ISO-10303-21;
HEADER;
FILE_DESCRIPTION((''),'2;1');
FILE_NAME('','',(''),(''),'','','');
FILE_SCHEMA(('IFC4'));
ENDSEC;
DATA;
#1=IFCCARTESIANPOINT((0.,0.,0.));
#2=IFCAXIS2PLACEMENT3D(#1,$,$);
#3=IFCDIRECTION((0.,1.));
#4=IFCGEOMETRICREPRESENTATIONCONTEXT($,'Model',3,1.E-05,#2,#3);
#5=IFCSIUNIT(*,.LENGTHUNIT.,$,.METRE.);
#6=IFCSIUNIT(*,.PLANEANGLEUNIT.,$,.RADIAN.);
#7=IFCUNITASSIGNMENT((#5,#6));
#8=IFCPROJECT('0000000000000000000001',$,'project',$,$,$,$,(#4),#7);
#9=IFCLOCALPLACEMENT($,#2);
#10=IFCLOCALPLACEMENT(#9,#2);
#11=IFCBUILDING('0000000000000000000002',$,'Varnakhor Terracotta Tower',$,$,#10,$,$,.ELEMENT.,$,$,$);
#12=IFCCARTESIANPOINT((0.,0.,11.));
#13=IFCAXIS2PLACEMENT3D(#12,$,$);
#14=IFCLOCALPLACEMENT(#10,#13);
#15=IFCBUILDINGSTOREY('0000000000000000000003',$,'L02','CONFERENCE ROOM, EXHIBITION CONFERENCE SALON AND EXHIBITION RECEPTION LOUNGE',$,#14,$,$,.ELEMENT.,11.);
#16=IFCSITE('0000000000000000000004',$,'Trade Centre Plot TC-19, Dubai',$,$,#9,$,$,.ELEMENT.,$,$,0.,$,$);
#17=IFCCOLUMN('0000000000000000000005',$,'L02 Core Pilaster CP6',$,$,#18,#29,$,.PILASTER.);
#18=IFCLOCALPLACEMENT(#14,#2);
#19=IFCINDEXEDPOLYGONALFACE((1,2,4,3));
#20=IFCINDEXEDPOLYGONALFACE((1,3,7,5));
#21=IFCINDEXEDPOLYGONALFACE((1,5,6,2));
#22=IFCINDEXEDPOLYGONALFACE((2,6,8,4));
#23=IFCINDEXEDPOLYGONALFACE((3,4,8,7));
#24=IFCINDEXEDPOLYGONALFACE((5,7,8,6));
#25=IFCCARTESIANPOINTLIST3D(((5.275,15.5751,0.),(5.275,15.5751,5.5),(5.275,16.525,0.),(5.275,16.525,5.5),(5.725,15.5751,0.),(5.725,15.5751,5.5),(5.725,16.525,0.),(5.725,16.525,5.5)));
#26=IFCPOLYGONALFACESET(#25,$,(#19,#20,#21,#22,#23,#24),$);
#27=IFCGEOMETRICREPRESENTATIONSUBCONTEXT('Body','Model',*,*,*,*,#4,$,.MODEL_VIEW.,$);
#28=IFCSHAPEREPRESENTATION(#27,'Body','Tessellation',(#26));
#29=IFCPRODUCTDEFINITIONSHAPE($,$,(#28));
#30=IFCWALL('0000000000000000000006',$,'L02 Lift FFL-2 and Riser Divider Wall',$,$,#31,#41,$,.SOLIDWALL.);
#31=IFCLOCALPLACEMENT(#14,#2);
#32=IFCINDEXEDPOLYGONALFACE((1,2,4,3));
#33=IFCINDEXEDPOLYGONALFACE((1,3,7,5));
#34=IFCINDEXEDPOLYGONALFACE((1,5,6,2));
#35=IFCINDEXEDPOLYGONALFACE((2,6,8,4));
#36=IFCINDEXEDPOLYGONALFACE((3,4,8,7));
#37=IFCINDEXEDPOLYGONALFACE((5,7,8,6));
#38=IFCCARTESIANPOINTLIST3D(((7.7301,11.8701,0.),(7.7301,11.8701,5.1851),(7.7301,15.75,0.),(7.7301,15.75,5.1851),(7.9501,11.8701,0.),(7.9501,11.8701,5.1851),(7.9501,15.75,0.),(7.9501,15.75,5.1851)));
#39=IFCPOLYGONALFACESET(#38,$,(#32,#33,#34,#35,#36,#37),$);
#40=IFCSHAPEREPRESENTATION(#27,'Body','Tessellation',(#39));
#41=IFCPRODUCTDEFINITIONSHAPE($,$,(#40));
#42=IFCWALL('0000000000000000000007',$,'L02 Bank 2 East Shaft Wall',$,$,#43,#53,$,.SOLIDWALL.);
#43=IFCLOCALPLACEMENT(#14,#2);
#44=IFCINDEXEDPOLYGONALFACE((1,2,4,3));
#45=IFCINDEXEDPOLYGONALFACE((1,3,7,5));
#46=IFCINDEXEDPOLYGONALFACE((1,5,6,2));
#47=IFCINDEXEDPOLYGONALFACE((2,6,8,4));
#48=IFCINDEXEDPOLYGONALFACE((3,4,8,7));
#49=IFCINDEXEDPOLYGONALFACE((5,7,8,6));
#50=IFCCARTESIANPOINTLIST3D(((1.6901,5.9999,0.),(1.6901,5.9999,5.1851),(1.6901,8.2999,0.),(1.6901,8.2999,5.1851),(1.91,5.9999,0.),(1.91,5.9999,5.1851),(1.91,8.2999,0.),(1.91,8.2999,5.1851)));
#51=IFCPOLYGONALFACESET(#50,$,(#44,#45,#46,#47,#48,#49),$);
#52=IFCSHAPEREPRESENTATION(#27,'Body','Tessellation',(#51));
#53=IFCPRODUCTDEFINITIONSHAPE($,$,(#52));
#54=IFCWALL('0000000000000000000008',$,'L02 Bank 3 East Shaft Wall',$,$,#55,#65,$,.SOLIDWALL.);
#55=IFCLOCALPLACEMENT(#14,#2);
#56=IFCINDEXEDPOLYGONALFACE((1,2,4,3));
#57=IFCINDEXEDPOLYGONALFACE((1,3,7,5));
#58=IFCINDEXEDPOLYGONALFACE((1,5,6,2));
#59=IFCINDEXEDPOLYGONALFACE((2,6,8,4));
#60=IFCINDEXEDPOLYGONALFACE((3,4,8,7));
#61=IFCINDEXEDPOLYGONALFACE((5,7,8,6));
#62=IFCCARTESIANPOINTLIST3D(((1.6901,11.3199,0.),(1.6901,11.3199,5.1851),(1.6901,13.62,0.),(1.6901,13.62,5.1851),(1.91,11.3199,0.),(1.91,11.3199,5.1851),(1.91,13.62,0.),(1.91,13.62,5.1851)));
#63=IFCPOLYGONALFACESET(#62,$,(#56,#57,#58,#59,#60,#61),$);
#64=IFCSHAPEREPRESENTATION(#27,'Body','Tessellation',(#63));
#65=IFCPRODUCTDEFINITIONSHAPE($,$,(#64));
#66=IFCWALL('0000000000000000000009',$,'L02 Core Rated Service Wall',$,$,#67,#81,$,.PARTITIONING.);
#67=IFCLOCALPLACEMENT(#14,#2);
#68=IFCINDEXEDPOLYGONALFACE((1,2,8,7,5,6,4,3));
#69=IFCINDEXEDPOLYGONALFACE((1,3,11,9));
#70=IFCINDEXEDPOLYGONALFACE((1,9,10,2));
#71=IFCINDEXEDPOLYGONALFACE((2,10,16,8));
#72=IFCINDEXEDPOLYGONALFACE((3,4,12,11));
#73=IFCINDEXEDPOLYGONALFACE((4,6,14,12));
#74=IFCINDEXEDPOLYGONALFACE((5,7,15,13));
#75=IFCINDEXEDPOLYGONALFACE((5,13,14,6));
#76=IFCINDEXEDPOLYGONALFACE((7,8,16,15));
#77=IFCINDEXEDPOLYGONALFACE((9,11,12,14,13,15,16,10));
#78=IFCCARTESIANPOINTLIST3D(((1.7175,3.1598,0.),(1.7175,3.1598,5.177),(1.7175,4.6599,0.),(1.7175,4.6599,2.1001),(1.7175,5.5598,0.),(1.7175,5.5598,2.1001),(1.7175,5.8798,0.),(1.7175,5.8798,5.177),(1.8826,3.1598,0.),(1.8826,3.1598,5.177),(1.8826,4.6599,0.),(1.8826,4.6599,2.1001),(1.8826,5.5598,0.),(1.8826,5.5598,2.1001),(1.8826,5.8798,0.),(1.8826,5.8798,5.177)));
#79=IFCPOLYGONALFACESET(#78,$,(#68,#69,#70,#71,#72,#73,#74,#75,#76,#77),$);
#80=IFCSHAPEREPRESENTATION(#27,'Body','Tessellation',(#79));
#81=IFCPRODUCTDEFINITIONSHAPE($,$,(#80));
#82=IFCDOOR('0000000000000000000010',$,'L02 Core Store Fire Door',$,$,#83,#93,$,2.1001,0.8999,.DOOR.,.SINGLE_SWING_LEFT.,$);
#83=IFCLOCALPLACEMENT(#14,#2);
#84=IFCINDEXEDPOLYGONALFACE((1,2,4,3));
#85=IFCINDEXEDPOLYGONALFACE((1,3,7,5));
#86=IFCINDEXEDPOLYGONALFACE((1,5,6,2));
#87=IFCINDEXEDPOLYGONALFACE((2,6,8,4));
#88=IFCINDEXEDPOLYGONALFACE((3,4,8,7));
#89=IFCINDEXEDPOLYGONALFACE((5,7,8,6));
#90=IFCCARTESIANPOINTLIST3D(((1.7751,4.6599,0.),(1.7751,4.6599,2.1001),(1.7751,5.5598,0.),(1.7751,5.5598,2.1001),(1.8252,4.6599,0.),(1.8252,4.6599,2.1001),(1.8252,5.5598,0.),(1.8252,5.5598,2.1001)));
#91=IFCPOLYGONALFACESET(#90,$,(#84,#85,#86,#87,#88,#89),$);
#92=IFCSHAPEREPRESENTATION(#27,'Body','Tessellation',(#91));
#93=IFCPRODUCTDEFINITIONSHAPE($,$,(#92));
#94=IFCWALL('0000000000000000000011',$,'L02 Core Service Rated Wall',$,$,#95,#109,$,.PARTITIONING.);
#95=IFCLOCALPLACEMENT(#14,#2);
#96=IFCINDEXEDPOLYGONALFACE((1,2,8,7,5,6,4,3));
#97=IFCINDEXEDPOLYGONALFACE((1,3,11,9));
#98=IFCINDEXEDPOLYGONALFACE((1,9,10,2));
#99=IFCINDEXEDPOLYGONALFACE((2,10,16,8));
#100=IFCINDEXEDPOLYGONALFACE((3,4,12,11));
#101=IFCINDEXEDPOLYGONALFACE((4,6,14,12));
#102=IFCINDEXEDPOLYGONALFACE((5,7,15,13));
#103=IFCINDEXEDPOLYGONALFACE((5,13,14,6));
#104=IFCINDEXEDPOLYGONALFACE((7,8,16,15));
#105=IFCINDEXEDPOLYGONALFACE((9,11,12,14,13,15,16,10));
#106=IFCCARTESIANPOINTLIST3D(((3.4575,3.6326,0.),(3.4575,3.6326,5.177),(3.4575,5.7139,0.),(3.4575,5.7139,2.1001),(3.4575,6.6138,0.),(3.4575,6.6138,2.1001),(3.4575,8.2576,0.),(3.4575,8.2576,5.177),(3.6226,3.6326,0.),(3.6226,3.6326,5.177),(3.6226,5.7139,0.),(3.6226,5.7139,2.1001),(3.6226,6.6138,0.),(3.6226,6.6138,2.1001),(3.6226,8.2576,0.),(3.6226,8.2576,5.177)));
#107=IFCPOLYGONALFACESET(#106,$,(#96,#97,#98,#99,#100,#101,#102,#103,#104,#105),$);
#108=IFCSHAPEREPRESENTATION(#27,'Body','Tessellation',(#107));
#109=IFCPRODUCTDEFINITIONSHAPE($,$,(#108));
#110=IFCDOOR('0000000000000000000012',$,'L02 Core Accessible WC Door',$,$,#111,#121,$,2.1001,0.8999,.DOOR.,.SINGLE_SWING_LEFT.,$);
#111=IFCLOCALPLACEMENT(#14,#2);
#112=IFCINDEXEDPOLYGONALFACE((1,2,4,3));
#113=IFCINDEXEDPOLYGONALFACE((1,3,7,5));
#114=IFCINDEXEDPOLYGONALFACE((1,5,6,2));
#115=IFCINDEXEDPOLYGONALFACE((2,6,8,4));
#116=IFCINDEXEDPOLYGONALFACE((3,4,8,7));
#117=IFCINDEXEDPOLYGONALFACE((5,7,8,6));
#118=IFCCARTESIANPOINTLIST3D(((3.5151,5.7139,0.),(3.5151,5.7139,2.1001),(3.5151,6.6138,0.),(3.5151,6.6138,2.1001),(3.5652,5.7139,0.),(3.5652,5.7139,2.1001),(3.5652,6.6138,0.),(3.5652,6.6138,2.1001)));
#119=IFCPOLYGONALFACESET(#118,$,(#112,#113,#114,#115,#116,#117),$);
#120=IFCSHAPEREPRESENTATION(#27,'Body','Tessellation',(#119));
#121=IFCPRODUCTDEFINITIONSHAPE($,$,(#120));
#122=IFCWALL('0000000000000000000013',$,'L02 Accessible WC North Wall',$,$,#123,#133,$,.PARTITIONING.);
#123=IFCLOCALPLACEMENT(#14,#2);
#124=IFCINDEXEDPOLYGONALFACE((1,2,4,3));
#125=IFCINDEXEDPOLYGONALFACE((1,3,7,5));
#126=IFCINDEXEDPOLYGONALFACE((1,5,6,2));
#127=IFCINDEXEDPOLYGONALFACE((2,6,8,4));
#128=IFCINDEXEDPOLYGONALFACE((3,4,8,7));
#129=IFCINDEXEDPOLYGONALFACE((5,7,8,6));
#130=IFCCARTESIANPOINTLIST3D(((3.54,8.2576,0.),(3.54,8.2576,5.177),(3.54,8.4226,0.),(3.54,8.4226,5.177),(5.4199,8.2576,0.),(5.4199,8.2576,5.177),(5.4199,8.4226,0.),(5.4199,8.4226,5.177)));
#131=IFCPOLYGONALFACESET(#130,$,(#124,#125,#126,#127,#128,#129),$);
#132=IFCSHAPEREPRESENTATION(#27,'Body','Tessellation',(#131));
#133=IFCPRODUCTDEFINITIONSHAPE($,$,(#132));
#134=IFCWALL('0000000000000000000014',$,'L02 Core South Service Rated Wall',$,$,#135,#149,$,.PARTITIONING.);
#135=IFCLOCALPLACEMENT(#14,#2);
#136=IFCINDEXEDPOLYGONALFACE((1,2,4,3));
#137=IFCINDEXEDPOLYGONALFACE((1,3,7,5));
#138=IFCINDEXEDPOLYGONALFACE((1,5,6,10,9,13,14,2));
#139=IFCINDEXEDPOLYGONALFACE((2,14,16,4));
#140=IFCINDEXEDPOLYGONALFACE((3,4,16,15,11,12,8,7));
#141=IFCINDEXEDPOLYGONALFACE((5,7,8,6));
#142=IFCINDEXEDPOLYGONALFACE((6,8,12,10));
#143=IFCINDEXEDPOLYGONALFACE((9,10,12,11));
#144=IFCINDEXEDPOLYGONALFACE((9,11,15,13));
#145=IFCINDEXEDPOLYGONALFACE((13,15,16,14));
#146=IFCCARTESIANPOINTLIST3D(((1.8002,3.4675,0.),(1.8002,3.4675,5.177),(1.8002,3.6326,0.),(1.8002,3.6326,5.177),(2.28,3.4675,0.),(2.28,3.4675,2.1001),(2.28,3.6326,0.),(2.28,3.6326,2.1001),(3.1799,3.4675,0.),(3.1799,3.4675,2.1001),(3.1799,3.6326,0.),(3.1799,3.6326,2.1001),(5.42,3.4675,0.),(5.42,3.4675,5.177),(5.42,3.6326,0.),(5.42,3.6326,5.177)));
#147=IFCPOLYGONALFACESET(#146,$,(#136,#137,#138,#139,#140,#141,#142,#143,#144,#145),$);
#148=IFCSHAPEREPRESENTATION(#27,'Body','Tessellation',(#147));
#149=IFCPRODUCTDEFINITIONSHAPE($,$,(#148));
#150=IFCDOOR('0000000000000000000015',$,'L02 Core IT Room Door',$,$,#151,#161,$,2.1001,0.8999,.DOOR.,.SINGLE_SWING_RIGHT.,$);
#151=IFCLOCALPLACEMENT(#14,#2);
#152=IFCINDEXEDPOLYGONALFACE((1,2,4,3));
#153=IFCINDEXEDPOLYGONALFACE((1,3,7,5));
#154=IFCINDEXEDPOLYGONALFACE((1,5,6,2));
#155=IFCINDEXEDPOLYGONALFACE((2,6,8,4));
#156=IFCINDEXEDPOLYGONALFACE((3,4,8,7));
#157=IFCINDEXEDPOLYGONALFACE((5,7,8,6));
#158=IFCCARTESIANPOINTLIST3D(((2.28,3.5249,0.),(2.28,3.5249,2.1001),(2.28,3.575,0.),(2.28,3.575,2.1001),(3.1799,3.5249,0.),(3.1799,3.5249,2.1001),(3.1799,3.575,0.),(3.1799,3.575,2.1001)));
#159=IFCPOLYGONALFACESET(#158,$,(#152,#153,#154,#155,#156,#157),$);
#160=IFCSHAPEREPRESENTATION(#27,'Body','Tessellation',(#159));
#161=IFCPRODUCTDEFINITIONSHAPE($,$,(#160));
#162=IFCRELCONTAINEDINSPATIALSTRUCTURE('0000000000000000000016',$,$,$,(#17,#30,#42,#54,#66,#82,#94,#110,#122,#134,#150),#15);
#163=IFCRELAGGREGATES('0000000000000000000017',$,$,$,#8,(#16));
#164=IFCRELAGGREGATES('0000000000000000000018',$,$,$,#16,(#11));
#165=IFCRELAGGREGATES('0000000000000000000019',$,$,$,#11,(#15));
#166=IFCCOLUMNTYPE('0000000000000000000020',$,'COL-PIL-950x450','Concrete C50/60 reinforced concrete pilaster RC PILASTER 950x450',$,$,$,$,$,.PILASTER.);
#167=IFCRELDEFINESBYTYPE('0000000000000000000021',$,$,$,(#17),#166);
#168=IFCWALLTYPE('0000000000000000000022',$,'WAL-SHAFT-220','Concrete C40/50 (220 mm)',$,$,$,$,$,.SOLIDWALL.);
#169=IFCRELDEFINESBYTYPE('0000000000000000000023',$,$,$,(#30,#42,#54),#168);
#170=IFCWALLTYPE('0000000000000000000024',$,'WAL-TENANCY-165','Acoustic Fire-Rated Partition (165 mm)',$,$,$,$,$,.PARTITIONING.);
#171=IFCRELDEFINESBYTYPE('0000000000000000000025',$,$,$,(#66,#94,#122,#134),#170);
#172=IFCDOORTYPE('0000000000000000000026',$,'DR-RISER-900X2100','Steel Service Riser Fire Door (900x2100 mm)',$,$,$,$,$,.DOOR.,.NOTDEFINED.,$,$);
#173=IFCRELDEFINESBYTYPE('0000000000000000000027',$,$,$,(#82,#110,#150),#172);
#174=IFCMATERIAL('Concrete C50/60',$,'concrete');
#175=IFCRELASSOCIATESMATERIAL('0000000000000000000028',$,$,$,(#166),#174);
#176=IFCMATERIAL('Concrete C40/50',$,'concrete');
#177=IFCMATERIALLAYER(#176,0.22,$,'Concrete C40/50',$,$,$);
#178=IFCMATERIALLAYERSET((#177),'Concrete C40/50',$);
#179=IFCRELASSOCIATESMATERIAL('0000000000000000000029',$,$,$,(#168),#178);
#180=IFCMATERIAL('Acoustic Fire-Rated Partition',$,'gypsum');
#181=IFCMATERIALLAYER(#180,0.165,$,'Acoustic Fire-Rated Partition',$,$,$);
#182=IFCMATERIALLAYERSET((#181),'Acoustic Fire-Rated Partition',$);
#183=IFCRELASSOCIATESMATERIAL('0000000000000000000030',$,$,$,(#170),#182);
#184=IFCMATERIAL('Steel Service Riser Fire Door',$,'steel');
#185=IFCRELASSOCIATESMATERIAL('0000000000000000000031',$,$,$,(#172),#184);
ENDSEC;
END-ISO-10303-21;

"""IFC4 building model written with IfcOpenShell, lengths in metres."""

from ifc_helpers import new_model, si_unit, direction, frame, frame_2d, origin, origin_2d, place, context, subcontext, project, spatial, rectangle, extrude, source, transform, mapped, material, layer, layer_set, material_profile, profile_set, type_object, type_shapes, element, fill, save


model = new_model("IFC4")

# Units and contexts
model_context = context("Model", 3, precision=1e-05, world=origin(), true_north=direction((0.0, 1.0)))
body_context = subcontext(model_context, "Body", "Model", "MODEL_VIEW")
ifc_project = project(units=[si_unit("LENGTHUNIT", "METRE"), si_unit("PLANEANGLEUNIT", "RADIAN")], contexts=[model_context])

# Site, building, storey
site_placement = place(None, origin())
site = spatial("IfcSite", under=ifc_project, at=site_placement, Name="Trade Centre Plot TC-19, Dubai", CompositionType="ELEMENT", RefElevation=0.0)
building_placement = place(site_placement, origin())
building = spatial("IfcBuilding", under=site, at=building_placement, Name="Varnakhor Terracotta Tower", CompositionType="ELEMENT")
storey_placement = place(building_placement, frame((0.0, 0.0, 11.0)))
storey = spatial("IfcBuildingStorey", under=building, at=storey_placement, Name="L02", Description="CONFERENCE ROOM, EXHIBITION CONFERENCE SALON AND EXHIBITION RECEPTION LOUNGE", CompositionType="ELEMENT", Elevation=11.0)

# Column
ifc_material_1 = material(Name="Concrete C50/60", Category="concrete")
ifc_material_profile = material_profile(ifc_material_1, rectangle(XDim=0.45, YDim=0.95, at=origin_2d()), Name="RC PILASTER 950x450")
ifc_profile_set = profile_set([ifc_material_profile], Name="Concrete C50/60")
column_type = type_object("IfcColumnType", Name="COL-PIL-950x450", Description="Concrete C50/60 reinforced concrete pilaster RC PILASTER 950x450", PredefinedType="PILASTER", material=ifc_profile_set)
shared_shape_1 = source(origin(), body_context, "Body", "SweptSolid", [
    extrude(rectangle(XDim=0.45, YDim=0.95, at=origin_2d()), origin(), (0.0, 0.0, 1.0), 5.5),
])
column_placement = place(storey_placement, frame((5.5, 16.05, 0.0), z_axis=(0.0, 0.0, 1.0), x_axis=(1.0, 0.0, 0.0)))
element("IfcColumn", 1, at=column_placement, inside=storey, type_object=column_type, Name="L02 Core Pilaster CP6", PredefinedType="PILASTER", context=body_context, shape_type="MappedRepresentation", body=[
    mapped(shared_shape_1, transform((0.0, 0.0, 0.0), scale=1.0)),
])

# Walls
ifc_material_2 = material(Name="Concrete C40/50", Category="concrete")
ifc_layer_1 = layer(ifc_material_2, 0.22, Name="Concrete C40/50")
ifc_layer_set_1 = layer_set([ifc_layer_1], Name="Concrete C40/50")
wall_type_1 = type_object("IfcWallType", Name="WAL-SHAFT-220", Description="Concrete C40/50 (220 mm)", PredefinedType="SOLIDWALL", material=ifc_layer_set_1)
wall_1_placement = place(storey_placement, frame((7.8401, 11.8701, 0.0), z_axis=(0.0, 0.0, 1.0), x_axis=(0.0, 1.0, 0.0)))
element("IfcWall", 2, at=wall_1_placement, inside=storey, type_object=wall_type_1, Name="L02 Lift FFL-2 and Riser Divider Wall", PredefinedType="SOLIDWALL", context=body_context, shape_type="SweptSolid", body=[
    extrude(rectangle(XDim=3.8799, YDim=0.22, at=frame_2d((1.9399, 0.0))), origin(), (0.0, 0.0, 1.0), 5.1851),
])
for number, where, z_axis, x_axis, name in (
    (3, (1.8, 6.0, 0.0), (0.0, 0.0, 1.0), (0.0, 1.0, 0.0), "L02 Bank 2 East Shaft Wall"),
    (4, (1.8, 11.3201, 0.0), (0.0, 0.0, 1.0), (0.0, 1.0, 0.0), "L02 Bank 3 East Shaft Wall"),
):
    element("IfcWall", number, at=place(storey_placement, frame(where, z_axis=z_axis, x_axis=x_axis)), inside=storey, type_object=wall_type_1, Name=name, PredefinedType="SOLIDWALL", context=body_context, shape_type="SweptSolid", body=[
        extrude(rectangle(XDim=2.3, YDim=0.22, at=frame_2d((1.1499, 0.0))), origin(), (0.0, 0.0, 1.0), 5.1851),
    ])

# Walls, openings, doors
ifc_material_3 = material(Name="Acoustic Fire-Rated Partition", Category="gypsum")
ifc_layer_2 = layer(ifc_material_3, 0.165, Name="Acoustic Fire-Rated Partition")
ifc_layer_set_2 = layer_set([ifc_layer_2], Name="Acoustic Fire-Rated Partition")
wall_type_2 = type_object("IfcWallType", Name="WAL-TENANCY-165", Description="Acoustic Fire-Rated Partition (165 mm)", PredefinedType="PARTITIONING", material=ifc_layer_set_2)
wall_2_placement = place(storey_placement, frame((1.8, 3.1599, 0.0), z_axis=(0.0, 0.0, 1.0), x_axis=(0.0, 1.0, 0.0)))
wall_2 = element("IfcWall", 5, at=wall_2_placement, inside=storey, type_object=wall_type_2, Name="L02 Core Rated Service Wall", PredefinedType="PARTITIONING", context=body_context, shape_type="SweptSolid", body=[
    extrude(rectangle(XDim=2.72, YDim=0.165, at=frame_2d((1.3599, 0.0))), origin(), (0.0, 0.0, 1.0), 5.177),
])
opening_1_placement = place(wall_2_placement, frame((1.5, 0.0, 0.0)))
opening_1 = element("IfcOpeningElement", 6, at=opening_1_placement, cuts=wall_2, PredefinedType="OPENING", context=body_context, shape_type="SweptSolid", body=[
    extrude(rectangle(XDim=0.8999, YDim=2.1001, at=frame_2d((0.45, 1.05))), frame((0.0, 0.0925, 0.0), z_axis=(0.0, -1.0, 0.0), x_axis=(1.0, 0.0, 0.0)), (0.0, 0.0, 1.0), 0.1851),
])
ifc_material_4 = material(Name="Steel Service Riser Fire Door", Category="steel")
door_type = type_object("IfcDoorType", Name="DR-RISER-900X2100", Description="Steel Service Riser Fire Door (900x2100 mm)", OperationType="NOTDEFINED", PredefinedType="DOOR", material=ifc_material_4)
shared_shape_2 = source(origin(), body_context, "Body", "SweptSolid", [
    extrude(rectangle(XDim=0.8999, YDim=2.1001, at=frame_2d((0.45, 1.05))), frame((0.0, 0.0249, 0.0), z_axis=(0.0, -1.0, 0.0), x_axis=(1.0, 0.0, 0.0)), (0.0, 0.0, 1.0), 0.05),
])
type_shapes(door_type, [shared_shape_2])
door_1_placement = place(opening_1_placement, origin())
door_1 = element("IfcDoor", 7, at=door_1_placement, inside=storey, type_object=door_type, Name="L02 Core Store Fire Door", OperationType="SINGLE_SWING_LEFT", OverallHeight=2.1001, OverallWidth=0.8999, PredefinedType="DOOR", context=body_context, shape_type="MappedRepresentation", body=[
    mapped(shared_shape_2, transform((0.0, 0.0, 0.0), scale=1.0)),
])
fill(opening_1, door_1)
wall_3_placement = place(storey_placement, frame((3.54, 3.6326, 0.0), z_axis=(0.0, 0.0, 1.0), x_axis=(0.0, 1.0, 0.0)))
wall_3 = element("IfcWall", 8, at=wall_3_placement, inside=storey, type_object=wall_type_2, Name="L02 Core Service Rated Wall", PredefinedType="PARTITIONING", context=body_context, shape_type="SweptSolid", body=[
    extrude(rectangle(XDim=4.625, YDim=0.165, at=frame_2d((2.3125, 0.0))), origin(), (0.0, 0.0, 1.0), 5.177),
])
opening_2_placement = place(wall_3_placement, frame((2.0813, 0.0, 0.0)))
opening_2 = element("IfcOpeningElement", 9, at=opening_2_placement, cuts=wall_3, PredefinedType="OPENING", context=body_context, shape_type="SweptSolid", body=[
    extrude(rectangle(XDim=0.8999, YDim=2.1001, at=frame_2d((0.45, 1.05))), frame((0.0, 0.0925, 0.0), z_axis=(0.0, -1.0, 0.0), x_axis=(1.0, 0.0, 0.0)), (0.0, 0.0, 1.0), 0.1851),
])
door_2_placement = place(opening_2_placement, origin())
door_2 = element("IfcDoor", 10, at=door_2_placement, inside=storey, type_object=door_type, Name="L02 Core Accessible WC Door", OperationType="SINGLE_SWING_LEFT", OverallHeight=2.1001, OverallWidth=0.8999, PredefinedType="DOOR", context=body_context, shape_type="MappedRepresentation", body=[
    mapped(shared_shape_2, transform((0.0, 0.0, 0.0), scale=1.0)),
])
fill(opening_2, door_2)

# Wall
wall_4_placement = place(storey_placement, frame((3.54, 8.3401, 0.0), z_axis=(0.0, 0.0, 1.0), x_axis=(1.0, 0.0, 0.0)))
element("IfcWall", 11, at=wall_4_placement, inside=storey, type_object=wall_type_2, Name="L02 Accessible WC North Wall", PredefinedType="PARTITIONING", context=body_context, shape_type="SweptSolid", body=[
    extrude(rectangle(XDim=1.8799, YDim=0.165, at=frame_2d((0.9399, 0.0))), origin(), (0.0, 0.0, 1.0), 5.177),
])

# Wall, opening, door
wall_5_placement = place(storey_placement, frame((1.8, 3.55, 0.0), z_axis=(0.0, 0.0, 1.0), x_axis=(1.0, 0.0, 0.0)))
wall_5 = element("IfcWall", 12, at=wall_5_placement, inside=storey, type_object=wall_type_2, Name="L02 Core South Service Rated Wall", PredefinedType="PARTITIONING", context=body_context, shape_type="SweptSolid", body=[
    extrude(rectangle(XDim=3.6199, YDim=0.165, at=frame_2d((1.8101, 0.0))), origin(), (0.0, 0.0, 1.0), 5.177),
])
opening_3_placement = place(wall_5_placement, frame((0.48, 0.0, 0.0)))
opening_3 = element("IfcOpeningElement", 13, at=opening_3_placement, cuts=wall_5, PredefinedType="OPENING", context=body_context, shape_type="SweptSolid", body=[
    extrude(rectangle(XDim=0.8999, YDim=2.1001, at=frame_2d((0.45, 1.05))), frame((0.0, 0.0925, 0.0), z_axis=(0.0, -1.0, 0.0), x_axis=(1.0, 0.0, 0.0)), (0.0, 0.0, 1.0), 0.1851),
])
door_3_placement = place(opening_3_placement, origin())
door_3 = element("IfcDoor", 14, at=door_3_placement, inside=storey, type_object=door_type, Name="L02 Core IT Room Door", OperationType="SINGLE_SWING_RIGHT", OverallHeight=2.1001, OverallWidth=0.8999, PredefinedType="DOOR", context=body_context, shape_type="MappedRepresentation", body=[
    mapped(shared_shape_2, transform((0.0, 0.0, 0.0), scale=1.0)),
])
fill(opening_3, door_3)

save(model, "model.ifc")
